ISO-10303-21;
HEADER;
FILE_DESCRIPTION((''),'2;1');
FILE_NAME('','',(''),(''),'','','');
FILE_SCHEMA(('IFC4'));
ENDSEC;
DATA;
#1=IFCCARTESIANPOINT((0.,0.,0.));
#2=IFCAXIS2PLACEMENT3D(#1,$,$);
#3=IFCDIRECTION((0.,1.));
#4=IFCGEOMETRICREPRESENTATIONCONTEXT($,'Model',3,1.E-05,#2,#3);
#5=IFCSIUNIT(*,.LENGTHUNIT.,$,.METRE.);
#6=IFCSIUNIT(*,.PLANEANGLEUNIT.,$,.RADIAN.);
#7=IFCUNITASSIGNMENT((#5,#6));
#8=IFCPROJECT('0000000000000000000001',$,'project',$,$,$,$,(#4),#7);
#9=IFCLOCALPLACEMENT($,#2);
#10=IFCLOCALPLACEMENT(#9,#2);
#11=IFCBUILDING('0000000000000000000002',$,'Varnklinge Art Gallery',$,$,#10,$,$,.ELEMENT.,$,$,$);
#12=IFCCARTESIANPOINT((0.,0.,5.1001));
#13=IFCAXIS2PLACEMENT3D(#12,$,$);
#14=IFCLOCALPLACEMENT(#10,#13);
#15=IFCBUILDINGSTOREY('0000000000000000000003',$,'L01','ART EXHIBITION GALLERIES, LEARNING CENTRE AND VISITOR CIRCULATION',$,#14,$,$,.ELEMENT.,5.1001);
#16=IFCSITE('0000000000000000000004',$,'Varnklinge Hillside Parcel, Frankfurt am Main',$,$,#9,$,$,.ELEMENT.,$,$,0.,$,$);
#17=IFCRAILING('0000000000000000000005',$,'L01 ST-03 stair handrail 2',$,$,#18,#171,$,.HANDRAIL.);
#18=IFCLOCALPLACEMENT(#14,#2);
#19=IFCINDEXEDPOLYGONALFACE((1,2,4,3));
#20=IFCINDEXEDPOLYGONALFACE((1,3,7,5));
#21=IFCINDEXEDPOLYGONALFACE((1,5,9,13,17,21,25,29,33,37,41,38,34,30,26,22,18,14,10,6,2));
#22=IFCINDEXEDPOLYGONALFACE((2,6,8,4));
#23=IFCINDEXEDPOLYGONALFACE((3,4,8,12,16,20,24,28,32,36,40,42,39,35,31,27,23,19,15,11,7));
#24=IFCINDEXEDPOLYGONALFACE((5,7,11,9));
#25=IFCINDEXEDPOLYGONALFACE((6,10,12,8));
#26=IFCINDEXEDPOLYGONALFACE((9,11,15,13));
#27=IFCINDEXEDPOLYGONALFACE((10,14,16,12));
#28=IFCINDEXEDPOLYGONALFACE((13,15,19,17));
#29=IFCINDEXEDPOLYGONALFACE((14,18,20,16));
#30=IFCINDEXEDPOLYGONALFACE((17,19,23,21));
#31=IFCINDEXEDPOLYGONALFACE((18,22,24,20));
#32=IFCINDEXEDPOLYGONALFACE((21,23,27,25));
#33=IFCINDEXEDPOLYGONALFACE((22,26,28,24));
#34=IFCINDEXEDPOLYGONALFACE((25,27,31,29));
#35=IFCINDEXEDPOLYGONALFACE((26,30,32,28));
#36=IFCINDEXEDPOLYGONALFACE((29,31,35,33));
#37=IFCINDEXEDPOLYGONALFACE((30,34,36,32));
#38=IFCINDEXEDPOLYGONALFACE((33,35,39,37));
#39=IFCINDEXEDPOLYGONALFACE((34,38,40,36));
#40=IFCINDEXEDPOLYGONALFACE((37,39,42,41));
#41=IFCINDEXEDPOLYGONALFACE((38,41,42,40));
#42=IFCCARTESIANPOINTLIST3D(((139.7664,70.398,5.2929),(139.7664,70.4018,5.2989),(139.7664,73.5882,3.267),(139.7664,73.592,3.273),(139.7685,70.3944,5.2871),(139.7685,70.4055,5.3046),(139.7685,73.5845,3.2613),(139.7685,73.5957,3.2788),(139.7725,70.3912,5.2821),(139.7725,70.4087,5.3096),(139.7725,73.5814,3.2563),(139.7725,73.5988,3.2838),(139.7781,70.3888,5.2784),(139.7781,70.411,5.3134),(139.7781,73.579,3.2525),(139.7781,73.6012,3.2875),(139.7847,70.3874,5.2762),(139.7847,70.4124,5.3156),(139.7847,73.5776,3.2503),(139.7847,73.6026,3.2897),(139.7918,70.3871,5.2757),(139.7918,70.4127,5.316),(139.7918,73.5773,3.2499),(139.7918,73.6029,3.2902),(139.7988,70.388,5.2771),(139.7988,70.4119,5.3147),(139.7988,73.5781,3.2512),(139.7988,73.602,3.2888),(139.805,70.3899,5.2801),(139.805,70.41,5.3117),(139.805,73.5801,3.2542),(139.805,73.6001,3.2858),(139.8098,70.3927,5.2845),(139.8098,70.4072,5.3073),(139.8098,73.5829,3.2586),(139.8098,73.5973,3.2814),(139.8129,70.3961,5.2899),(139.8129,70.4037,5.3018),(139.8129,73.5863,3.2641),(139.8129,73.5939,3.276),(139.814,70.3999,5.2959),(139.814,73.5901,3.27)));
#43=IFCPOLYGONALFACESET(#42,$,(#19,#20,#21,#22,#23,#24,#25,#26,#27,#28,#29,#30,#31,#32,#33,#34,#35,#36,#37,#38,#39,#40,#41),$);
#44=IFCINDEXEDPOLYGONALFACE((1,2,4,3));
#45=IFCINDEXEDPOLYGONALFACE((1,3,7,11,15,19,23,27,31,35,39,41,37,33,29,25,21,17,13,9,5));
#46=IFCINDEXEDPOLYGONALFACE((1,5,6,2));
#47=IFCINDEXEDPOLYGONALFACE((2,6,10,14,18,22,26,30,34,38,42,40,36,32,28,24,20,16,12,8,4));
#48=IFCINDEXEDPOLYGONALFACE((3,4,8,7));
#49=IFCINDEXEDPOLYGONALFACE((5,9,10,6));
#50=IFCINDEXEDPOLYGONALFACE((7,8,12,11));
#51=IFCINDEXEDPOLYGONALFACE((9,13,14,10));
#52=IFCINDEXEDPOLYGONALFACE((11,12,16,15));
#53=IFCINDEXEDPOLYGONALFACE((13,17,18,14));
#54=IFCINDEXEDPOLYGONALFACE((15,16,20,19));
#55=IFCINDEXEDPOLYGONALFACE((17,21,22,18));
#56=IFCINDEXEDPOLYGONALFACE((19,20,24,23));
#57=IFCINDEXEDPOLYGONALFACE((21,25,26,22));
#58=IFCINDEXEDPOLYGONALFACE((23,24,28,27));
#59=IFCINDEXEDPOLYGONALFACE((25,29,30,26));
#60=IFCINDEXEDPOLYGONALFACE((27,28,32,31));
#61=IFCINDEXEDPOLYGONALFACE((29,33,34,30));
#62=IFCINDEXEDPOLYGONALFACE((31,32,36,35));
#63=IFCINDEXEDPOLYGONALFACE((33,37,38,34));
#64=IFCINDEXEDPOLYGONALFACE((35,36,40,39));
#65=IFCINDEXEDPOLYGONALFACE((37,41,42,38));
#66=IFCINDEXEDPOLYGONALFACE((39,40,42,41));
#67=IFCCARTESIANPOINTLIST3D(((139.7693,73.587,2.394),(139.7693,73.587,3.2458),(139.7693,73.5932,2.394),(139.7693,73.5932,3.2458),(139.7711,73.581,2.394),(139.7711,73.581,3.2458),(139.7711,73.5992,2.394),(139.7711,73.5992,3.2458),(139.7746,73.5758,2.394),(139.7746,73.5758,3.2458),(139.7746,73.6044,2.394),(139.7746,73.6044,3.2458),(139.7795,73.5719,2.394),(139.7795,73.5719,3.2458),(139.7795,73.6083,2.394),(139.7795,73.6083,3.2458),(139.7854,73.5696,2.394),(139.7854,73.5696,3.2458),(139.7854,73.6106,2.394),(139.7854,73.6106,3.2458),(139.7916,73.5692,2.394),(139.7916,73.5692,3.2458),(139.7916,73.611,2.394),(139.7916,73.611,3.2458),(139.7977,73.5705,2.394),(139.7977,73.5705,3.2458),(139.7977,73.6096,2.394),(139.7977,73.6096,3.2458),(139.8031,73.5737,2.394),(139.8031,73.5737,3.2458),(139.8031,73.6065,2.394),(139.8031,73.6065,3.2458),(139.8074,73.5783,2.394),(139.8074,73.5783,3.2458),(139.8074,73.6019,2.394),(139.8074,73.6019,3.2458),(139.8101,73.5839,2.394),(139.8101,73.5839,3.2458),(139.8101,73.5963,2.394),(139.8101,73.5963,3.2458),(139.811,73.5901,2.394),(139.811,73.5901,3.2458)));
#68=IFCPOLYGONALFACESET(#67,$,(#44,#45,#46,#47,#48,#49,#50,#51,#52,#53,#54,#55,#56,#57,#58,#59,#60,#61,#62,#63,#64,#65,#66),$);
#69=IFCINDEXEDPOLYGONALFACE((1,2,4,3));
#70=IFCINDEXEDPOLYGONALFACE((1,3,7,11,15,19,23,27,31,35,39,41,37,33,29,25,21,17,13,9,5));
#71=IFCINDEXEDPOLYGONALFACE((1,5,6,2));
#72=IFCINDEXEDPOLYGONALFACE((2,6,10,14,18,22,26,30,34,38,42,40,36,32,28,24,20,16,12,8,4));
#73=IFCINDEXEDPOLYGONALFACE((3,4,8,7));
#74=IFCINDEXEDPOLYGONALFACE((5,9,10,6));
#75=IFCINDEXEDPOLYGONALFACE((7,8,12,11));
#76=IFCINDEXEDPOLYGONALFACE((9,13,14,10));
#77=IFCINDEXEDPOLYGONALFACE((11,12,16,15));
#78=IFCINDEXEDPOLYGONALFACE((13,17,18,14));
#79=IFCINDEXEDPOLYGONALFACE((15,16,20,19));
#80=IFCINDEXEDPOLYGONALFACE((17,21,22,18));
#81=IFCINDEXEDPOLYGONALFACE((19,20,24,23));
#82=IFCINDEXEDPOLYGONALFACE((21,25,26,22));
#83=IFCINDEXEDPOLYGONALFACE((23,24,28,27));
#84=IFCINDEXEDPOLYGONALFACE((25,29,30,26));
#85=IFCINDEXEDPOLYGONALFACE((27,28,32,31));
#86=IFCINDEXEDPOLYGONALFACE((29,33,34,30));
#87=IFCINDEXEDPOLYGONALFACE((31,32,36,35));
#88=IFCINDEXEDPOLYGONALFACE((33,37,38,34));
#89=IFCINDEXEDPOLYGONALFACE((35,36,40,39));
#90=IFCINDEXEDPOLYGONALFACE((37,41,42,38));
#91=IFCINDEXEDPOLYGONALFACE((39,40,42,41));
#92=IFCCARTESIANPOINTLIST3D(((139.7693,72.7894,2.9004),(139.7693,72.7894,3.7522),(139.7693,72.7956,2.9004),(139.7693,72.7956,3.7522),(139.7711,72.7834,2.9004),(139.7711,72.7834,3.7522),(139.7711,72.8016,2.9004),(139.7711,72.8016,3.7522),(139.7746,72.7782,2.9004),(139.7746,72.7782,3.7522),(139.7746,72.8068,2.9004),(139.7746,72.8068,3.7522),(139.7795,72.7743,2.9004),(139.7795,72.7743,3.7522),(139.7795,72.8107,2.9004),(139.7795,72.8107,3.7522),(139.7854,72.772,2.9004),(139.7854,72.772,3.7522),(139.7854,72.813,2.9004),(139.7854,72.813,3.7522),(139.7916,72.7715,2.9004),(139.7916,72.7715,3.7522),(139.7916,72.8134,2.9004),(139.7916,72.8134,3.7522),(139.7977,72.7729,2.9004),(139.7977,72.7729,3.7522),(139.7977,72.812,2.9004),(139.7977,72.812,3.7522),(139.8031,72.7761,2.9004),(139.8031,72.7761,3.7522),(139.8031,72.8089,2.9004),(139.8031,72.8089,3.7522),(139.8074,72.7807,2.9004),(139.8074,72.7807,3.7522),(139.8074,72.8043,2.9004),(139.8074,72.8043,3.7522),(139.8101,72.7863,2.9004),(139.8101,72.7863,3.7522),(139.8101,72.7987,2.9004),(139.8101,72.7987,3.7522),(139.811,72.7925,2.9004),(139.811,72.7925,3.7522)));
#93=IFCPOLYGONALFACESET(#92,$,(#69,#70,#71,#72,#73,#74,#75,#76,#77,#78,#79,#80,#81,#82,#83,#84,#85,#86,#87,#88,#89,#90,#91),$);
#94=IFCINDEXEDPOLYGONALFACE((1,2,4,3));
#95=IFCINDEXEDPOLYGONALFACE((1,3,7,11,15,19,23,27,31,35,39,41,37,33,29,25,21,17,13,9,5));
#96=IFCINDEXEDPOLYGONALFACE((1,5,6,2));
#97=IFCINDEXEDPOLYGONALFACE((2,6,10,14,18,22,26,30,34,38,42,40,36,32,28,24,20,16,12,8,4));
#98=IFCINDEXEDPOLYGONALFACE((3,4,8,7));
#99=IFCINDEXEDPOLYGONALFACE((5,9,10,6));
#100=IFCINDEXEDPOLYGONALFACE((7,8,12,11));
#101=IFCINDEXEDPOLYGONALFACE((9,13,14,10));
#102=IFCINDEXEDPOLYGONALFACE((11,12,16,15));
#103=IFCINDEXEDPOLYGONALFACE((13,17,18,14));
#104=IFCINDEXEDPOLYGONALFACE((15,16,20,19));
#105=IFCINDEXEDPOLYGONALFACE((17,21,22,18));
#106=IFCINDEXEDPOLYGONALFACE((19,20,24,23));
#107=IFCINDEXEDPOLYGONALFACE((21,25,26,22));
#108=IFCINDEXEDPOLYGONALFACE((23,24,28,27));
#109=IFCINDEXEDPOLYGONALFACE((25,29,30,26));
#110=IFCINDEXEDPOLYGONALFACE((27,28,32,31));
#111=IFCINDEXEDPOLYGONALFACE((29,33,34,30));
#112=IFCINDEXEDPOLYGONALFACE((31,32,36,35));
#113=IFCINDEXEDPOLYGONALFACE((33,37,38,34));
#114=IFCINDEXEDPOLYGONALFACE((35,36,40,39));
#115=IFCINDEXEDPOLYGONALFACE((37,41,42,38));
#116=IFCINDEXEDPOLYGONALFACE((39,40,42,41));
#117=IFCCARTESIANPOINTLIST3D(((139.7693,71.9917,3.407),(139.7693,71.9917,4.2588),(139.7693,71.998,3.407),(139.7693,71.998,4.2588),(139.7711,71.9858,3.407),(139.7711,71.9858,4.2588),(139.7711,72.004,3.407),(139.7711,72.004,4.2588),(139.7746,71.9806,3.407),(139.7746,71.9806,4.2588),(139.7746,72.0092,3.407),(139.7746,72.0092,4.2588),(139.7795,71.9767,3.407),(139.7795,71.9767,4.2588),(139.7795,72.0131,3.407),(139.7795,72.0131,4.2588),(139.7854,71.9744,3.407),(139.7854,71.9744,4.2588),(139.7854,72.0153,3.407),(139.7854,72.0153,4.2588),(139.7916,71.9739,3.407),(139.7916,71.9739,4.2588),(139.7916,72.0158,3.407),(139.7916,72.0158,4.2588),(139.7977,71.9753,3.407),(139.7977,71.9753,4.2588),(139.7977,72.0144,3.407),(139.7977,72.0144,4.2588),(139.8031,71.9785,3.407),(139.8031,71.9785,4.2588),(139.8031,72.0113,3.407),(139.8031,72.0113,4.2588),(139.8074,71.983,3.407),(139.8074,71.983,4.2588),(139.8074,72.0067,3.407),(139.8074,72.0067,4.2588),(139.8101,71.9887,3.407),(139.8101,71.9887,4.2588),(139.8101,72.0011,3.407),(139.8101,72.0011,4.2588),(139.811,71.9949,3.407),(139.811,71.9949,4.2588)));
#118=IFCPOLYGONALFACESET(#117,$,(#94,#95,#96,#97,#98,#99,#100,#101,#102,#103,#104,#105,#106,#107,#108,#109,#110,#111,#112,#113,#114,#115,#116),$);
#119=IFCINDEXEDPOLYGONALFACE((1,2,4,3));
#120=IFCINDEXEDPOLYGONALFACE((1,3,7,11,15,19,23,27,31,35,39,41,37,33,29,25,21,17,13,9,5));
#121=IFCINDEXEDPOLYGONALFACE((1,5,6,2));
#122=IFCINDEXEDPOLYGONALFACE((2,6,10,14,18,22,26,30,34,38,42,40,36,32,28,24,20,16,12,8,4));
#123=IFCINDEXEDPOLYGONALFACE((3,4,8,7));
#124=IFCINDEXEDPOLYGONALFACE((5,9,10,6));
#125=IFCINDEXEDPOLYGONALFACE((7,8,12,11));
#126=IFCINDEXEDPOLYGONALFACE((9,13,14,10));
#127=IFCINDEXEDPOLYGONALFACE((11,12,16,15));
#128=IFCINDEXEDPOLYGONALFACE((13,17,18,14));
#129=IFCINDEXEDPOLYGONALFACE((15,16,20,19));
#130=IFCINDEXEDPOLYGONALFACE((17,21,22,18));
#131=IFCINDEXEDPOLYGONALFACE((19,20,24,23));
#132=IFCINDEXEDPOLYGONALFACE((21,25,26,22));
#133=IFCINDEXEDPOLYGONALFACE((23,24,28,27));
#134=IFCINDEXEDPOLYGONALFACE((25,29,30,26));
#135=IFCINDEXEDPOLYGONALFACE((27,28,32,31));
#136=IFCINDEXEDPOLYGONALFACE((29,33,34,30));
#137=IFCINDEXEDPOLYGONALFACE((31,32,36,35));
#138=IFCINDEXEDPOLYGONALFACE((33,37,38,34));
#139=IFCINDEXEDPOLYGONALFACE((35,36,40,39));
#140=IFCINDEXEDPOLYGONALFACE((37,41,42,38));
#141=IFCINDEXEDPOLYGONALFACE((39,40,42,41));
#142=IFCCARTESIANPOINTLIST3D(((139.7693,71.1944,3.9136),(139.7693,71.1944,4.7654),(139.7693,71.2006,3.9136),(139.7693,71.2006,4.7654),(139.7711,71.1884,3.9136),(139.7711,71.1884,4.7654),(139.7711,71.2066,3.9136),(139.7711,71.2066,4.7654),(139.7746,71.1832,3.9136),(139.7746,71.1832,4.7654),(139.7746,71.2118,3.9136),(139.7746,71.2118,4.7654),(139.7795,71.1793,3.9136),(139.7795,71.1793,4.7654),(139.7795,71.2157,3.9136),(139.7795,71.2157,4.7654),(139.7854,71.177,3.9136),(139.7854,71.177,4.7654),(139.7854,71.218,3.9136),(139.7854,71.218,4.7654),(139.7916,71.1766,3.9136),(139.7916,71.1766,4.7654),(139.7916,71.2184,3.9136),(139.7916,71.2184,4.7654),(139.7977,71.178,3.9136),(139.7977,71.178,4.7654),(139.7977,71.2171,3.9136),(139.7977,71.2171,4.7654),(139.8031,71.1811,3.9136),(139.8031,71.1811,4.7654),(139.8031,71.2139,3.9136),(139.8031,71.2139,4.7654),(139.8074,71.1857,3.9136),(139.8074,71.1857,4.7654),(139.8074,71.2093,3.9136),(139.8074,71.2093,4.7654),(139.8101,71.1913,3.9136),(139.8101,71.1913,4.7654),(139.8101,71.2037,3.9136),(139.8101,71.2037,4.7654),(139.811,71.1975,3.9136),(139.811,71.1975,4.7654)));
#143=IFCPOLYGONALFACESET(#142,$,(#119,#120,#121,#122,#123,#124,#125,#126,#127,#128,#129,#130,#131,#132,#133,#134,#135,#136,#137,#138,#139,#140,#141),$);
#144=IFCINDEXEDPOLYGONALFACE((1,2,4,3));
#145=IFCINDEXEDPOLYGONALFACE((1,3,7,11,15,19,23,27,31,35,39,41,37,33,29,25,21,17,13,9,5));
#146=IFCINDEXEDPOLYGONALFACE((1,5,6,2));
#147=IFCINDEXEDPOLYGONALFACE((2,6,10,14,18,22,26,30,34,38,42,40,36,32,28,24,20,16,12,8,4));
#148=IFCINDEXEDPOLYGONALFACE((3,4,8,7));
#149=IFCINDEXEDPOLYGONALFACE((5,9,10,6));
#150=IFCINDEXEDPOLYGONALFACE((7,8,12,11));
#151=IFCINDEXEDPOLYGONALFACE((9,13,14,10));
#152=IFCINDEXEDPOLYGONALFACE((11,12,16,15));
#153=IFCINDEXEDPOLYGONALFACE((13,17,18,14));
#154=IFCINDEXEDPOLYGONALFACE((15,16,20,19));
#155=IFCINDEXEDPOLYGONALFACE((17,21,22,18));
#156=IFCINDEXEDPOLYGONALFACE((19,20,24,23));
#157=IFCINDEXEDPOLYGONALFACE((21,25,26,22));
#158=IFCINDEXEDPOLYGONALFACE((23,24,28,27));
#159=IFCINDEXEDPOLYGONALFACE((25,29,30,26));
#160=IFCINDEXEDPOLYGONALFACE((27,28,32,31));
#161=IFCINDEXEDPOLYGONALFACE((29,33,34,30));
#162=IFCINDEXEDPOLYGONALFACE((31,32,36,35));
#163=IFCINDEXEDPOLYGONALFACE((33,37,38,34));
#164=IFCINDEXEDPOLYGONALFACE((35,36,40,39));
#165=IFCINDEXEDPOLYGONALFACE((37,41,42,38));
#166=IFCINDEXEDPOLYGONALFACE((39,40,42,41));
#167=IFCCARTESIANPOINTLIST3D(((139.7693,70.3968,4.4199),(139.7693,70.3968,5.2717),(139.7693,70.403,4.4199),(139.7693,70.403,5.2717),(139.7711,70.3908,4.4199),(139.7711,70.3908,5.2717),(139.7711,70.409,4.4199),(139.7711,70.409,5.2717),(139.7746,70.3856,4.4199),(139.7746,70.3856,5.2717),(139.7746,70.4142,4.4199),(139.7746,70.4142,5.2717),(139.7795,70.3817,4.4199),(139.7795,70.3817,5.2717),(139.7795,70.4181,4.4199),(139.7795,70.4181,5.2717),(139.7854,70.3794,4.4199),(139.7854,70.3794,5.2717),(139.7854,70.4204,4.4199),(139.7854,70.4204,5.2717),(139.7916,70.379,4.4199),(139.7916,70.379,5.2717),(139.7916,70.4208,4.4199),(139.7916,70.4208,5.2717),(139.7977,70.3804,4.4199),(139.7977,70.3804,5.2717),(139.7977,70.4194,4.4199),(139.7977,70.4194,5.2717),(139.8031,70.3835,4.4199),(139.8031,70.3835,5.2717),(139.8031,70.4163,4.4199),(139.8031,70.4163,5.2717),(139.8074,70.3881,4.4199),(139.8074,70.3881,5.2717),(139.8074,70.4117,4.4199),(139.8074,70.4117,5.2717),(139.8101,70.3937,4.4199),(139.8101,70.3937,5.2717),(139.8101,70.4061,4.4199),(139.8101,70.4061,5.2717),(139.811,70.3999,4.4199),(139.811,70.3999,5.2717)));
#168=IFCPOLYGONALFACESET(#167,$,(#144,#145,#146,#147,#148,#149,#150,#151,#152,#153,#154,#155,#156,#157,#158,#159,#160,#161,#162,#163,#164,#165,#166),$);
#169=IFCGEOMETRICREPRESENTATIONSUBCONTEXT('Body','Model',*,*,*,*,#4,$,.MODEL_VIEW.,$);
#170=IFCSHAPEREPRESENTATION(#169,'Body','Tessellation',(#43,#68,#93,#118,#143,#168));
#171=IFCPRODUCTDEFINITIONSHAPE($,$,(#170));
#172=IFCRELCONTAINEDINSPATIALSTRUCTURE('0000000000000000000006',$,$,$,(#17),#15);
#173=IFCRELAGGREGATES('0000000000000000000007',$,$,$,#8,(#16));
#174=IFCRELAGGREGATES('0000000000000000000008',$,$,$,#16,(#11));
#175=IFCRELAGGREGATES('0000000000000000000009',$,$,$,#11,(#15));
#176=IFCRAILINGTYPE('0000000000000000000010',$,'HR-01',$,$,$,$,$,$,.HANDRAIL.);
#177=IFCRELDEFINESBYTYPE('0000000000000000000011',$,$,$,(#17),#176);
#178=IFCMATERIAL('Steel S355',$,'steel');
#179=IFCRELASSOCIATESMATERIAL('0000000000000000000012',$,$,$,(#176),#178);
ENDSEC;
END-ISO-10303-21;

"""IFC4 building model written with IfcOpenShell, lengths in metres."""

from ifc_helpers import new_model, si_unit, direction, frame, origin, origin_2d, place, context, subcontext, project, spatial, circle, extrude, material, type_object, element, save


model = new_model("IFC4")

# Units and contexts
model_context = context("Model", 3, precision=1e-05, world=origin(), true_north=direction((0.0, 1.0)))
body_context = subcontext(model_context, "Body", "Model", "MODEL_VIEW")
ifc_project = project(units=[si_unit("LENGTHUNIT", "METRE"), si_unit("PLANEANGLEUNIT", "RADIAN")], contexts=[model_context])

# Site, building, storey
site_placement = place(None, origin())
site = spatial("IfcSite", under=ifc_project, at=site_placement, Name="Varnklinge Hillside Parcel, Frankfurt am Main", CompositionType="ELEMENT", RefElevation=0.0)
building_placement = place(site_placement, origin())
building = spatial("IfcBuilding", under=site, at=building_placement, Name="Varnklinge Art Gallery", CompositionType="ELEMENT")
storey_placement = place(building_placement, frame((0.0, 0.0, 5.1001)))
storey = spatial("IfcBuildingStorey", under=building, at=storey_placement, Name="L01", Description="ART EXHIBITION GALLERIES, LEARNING CENTRE AND VISITOR CIRCULATION", CompositionType="ELEMENT", Elevation=5.1001)

# Railing
ifc_material_1 = material(Name="Steel S355", Category="steel")
railing_type_1 = type_object("IfcRailingType", Name="HR-01", PredefinedType="HANDRAIL", material=ifc_material_1)
railing_1_placement = place(storey_placement, frame((139.79, 73.5901, 2.394)))
element("IfcRailing", 1, at=railing_1_placement, inside=storey, type_object=railing_type_1, Name="L01 ST-03 stair handrail 2", PredefinedType="HANDRAIL", context=body_context, shape_type="SweptSolid", body=[
    extrude(circle(Radius=0.0239, at=origin_2d()), frame((0.0, 0.0, 0.876), z_axis=(0.0, -0.844169, 0.536077), x_axis=(1.0, 0.0, 0.0)), (0.0, 0.0, 1.0), 3.7791),
    extrude(circle(Radius=0.021, at=origin_2d()), origin(), (0.0, 0.0, 1.0), 0.8518),
    extrude(circle(Radius=0.021, at=origin_2d()), frame((0.0, -0.7976, 0.5063)), (0.0, 0.0, 1.0), 0.8518),
    extrude(circle(Radius=0.021, at=origin_2d()), frame((0.0, -1.5952, 1.0129)), (0.0, 0.0, 1.0), 0.8518),
    extrude(circle(Radius=0.021, at=origin_2d()), frame((0.0, -2.3926, 1.5195)), (0.0, 0.0, 1.0), 0.8518),
    extrude(circle(Radius=0.021, at=origin_2d()), frame((0.0, -3.1902, 2.0259)), (0.0, 0.0, 1.0), 0.8518),
])

save(model, "model.ifc")
